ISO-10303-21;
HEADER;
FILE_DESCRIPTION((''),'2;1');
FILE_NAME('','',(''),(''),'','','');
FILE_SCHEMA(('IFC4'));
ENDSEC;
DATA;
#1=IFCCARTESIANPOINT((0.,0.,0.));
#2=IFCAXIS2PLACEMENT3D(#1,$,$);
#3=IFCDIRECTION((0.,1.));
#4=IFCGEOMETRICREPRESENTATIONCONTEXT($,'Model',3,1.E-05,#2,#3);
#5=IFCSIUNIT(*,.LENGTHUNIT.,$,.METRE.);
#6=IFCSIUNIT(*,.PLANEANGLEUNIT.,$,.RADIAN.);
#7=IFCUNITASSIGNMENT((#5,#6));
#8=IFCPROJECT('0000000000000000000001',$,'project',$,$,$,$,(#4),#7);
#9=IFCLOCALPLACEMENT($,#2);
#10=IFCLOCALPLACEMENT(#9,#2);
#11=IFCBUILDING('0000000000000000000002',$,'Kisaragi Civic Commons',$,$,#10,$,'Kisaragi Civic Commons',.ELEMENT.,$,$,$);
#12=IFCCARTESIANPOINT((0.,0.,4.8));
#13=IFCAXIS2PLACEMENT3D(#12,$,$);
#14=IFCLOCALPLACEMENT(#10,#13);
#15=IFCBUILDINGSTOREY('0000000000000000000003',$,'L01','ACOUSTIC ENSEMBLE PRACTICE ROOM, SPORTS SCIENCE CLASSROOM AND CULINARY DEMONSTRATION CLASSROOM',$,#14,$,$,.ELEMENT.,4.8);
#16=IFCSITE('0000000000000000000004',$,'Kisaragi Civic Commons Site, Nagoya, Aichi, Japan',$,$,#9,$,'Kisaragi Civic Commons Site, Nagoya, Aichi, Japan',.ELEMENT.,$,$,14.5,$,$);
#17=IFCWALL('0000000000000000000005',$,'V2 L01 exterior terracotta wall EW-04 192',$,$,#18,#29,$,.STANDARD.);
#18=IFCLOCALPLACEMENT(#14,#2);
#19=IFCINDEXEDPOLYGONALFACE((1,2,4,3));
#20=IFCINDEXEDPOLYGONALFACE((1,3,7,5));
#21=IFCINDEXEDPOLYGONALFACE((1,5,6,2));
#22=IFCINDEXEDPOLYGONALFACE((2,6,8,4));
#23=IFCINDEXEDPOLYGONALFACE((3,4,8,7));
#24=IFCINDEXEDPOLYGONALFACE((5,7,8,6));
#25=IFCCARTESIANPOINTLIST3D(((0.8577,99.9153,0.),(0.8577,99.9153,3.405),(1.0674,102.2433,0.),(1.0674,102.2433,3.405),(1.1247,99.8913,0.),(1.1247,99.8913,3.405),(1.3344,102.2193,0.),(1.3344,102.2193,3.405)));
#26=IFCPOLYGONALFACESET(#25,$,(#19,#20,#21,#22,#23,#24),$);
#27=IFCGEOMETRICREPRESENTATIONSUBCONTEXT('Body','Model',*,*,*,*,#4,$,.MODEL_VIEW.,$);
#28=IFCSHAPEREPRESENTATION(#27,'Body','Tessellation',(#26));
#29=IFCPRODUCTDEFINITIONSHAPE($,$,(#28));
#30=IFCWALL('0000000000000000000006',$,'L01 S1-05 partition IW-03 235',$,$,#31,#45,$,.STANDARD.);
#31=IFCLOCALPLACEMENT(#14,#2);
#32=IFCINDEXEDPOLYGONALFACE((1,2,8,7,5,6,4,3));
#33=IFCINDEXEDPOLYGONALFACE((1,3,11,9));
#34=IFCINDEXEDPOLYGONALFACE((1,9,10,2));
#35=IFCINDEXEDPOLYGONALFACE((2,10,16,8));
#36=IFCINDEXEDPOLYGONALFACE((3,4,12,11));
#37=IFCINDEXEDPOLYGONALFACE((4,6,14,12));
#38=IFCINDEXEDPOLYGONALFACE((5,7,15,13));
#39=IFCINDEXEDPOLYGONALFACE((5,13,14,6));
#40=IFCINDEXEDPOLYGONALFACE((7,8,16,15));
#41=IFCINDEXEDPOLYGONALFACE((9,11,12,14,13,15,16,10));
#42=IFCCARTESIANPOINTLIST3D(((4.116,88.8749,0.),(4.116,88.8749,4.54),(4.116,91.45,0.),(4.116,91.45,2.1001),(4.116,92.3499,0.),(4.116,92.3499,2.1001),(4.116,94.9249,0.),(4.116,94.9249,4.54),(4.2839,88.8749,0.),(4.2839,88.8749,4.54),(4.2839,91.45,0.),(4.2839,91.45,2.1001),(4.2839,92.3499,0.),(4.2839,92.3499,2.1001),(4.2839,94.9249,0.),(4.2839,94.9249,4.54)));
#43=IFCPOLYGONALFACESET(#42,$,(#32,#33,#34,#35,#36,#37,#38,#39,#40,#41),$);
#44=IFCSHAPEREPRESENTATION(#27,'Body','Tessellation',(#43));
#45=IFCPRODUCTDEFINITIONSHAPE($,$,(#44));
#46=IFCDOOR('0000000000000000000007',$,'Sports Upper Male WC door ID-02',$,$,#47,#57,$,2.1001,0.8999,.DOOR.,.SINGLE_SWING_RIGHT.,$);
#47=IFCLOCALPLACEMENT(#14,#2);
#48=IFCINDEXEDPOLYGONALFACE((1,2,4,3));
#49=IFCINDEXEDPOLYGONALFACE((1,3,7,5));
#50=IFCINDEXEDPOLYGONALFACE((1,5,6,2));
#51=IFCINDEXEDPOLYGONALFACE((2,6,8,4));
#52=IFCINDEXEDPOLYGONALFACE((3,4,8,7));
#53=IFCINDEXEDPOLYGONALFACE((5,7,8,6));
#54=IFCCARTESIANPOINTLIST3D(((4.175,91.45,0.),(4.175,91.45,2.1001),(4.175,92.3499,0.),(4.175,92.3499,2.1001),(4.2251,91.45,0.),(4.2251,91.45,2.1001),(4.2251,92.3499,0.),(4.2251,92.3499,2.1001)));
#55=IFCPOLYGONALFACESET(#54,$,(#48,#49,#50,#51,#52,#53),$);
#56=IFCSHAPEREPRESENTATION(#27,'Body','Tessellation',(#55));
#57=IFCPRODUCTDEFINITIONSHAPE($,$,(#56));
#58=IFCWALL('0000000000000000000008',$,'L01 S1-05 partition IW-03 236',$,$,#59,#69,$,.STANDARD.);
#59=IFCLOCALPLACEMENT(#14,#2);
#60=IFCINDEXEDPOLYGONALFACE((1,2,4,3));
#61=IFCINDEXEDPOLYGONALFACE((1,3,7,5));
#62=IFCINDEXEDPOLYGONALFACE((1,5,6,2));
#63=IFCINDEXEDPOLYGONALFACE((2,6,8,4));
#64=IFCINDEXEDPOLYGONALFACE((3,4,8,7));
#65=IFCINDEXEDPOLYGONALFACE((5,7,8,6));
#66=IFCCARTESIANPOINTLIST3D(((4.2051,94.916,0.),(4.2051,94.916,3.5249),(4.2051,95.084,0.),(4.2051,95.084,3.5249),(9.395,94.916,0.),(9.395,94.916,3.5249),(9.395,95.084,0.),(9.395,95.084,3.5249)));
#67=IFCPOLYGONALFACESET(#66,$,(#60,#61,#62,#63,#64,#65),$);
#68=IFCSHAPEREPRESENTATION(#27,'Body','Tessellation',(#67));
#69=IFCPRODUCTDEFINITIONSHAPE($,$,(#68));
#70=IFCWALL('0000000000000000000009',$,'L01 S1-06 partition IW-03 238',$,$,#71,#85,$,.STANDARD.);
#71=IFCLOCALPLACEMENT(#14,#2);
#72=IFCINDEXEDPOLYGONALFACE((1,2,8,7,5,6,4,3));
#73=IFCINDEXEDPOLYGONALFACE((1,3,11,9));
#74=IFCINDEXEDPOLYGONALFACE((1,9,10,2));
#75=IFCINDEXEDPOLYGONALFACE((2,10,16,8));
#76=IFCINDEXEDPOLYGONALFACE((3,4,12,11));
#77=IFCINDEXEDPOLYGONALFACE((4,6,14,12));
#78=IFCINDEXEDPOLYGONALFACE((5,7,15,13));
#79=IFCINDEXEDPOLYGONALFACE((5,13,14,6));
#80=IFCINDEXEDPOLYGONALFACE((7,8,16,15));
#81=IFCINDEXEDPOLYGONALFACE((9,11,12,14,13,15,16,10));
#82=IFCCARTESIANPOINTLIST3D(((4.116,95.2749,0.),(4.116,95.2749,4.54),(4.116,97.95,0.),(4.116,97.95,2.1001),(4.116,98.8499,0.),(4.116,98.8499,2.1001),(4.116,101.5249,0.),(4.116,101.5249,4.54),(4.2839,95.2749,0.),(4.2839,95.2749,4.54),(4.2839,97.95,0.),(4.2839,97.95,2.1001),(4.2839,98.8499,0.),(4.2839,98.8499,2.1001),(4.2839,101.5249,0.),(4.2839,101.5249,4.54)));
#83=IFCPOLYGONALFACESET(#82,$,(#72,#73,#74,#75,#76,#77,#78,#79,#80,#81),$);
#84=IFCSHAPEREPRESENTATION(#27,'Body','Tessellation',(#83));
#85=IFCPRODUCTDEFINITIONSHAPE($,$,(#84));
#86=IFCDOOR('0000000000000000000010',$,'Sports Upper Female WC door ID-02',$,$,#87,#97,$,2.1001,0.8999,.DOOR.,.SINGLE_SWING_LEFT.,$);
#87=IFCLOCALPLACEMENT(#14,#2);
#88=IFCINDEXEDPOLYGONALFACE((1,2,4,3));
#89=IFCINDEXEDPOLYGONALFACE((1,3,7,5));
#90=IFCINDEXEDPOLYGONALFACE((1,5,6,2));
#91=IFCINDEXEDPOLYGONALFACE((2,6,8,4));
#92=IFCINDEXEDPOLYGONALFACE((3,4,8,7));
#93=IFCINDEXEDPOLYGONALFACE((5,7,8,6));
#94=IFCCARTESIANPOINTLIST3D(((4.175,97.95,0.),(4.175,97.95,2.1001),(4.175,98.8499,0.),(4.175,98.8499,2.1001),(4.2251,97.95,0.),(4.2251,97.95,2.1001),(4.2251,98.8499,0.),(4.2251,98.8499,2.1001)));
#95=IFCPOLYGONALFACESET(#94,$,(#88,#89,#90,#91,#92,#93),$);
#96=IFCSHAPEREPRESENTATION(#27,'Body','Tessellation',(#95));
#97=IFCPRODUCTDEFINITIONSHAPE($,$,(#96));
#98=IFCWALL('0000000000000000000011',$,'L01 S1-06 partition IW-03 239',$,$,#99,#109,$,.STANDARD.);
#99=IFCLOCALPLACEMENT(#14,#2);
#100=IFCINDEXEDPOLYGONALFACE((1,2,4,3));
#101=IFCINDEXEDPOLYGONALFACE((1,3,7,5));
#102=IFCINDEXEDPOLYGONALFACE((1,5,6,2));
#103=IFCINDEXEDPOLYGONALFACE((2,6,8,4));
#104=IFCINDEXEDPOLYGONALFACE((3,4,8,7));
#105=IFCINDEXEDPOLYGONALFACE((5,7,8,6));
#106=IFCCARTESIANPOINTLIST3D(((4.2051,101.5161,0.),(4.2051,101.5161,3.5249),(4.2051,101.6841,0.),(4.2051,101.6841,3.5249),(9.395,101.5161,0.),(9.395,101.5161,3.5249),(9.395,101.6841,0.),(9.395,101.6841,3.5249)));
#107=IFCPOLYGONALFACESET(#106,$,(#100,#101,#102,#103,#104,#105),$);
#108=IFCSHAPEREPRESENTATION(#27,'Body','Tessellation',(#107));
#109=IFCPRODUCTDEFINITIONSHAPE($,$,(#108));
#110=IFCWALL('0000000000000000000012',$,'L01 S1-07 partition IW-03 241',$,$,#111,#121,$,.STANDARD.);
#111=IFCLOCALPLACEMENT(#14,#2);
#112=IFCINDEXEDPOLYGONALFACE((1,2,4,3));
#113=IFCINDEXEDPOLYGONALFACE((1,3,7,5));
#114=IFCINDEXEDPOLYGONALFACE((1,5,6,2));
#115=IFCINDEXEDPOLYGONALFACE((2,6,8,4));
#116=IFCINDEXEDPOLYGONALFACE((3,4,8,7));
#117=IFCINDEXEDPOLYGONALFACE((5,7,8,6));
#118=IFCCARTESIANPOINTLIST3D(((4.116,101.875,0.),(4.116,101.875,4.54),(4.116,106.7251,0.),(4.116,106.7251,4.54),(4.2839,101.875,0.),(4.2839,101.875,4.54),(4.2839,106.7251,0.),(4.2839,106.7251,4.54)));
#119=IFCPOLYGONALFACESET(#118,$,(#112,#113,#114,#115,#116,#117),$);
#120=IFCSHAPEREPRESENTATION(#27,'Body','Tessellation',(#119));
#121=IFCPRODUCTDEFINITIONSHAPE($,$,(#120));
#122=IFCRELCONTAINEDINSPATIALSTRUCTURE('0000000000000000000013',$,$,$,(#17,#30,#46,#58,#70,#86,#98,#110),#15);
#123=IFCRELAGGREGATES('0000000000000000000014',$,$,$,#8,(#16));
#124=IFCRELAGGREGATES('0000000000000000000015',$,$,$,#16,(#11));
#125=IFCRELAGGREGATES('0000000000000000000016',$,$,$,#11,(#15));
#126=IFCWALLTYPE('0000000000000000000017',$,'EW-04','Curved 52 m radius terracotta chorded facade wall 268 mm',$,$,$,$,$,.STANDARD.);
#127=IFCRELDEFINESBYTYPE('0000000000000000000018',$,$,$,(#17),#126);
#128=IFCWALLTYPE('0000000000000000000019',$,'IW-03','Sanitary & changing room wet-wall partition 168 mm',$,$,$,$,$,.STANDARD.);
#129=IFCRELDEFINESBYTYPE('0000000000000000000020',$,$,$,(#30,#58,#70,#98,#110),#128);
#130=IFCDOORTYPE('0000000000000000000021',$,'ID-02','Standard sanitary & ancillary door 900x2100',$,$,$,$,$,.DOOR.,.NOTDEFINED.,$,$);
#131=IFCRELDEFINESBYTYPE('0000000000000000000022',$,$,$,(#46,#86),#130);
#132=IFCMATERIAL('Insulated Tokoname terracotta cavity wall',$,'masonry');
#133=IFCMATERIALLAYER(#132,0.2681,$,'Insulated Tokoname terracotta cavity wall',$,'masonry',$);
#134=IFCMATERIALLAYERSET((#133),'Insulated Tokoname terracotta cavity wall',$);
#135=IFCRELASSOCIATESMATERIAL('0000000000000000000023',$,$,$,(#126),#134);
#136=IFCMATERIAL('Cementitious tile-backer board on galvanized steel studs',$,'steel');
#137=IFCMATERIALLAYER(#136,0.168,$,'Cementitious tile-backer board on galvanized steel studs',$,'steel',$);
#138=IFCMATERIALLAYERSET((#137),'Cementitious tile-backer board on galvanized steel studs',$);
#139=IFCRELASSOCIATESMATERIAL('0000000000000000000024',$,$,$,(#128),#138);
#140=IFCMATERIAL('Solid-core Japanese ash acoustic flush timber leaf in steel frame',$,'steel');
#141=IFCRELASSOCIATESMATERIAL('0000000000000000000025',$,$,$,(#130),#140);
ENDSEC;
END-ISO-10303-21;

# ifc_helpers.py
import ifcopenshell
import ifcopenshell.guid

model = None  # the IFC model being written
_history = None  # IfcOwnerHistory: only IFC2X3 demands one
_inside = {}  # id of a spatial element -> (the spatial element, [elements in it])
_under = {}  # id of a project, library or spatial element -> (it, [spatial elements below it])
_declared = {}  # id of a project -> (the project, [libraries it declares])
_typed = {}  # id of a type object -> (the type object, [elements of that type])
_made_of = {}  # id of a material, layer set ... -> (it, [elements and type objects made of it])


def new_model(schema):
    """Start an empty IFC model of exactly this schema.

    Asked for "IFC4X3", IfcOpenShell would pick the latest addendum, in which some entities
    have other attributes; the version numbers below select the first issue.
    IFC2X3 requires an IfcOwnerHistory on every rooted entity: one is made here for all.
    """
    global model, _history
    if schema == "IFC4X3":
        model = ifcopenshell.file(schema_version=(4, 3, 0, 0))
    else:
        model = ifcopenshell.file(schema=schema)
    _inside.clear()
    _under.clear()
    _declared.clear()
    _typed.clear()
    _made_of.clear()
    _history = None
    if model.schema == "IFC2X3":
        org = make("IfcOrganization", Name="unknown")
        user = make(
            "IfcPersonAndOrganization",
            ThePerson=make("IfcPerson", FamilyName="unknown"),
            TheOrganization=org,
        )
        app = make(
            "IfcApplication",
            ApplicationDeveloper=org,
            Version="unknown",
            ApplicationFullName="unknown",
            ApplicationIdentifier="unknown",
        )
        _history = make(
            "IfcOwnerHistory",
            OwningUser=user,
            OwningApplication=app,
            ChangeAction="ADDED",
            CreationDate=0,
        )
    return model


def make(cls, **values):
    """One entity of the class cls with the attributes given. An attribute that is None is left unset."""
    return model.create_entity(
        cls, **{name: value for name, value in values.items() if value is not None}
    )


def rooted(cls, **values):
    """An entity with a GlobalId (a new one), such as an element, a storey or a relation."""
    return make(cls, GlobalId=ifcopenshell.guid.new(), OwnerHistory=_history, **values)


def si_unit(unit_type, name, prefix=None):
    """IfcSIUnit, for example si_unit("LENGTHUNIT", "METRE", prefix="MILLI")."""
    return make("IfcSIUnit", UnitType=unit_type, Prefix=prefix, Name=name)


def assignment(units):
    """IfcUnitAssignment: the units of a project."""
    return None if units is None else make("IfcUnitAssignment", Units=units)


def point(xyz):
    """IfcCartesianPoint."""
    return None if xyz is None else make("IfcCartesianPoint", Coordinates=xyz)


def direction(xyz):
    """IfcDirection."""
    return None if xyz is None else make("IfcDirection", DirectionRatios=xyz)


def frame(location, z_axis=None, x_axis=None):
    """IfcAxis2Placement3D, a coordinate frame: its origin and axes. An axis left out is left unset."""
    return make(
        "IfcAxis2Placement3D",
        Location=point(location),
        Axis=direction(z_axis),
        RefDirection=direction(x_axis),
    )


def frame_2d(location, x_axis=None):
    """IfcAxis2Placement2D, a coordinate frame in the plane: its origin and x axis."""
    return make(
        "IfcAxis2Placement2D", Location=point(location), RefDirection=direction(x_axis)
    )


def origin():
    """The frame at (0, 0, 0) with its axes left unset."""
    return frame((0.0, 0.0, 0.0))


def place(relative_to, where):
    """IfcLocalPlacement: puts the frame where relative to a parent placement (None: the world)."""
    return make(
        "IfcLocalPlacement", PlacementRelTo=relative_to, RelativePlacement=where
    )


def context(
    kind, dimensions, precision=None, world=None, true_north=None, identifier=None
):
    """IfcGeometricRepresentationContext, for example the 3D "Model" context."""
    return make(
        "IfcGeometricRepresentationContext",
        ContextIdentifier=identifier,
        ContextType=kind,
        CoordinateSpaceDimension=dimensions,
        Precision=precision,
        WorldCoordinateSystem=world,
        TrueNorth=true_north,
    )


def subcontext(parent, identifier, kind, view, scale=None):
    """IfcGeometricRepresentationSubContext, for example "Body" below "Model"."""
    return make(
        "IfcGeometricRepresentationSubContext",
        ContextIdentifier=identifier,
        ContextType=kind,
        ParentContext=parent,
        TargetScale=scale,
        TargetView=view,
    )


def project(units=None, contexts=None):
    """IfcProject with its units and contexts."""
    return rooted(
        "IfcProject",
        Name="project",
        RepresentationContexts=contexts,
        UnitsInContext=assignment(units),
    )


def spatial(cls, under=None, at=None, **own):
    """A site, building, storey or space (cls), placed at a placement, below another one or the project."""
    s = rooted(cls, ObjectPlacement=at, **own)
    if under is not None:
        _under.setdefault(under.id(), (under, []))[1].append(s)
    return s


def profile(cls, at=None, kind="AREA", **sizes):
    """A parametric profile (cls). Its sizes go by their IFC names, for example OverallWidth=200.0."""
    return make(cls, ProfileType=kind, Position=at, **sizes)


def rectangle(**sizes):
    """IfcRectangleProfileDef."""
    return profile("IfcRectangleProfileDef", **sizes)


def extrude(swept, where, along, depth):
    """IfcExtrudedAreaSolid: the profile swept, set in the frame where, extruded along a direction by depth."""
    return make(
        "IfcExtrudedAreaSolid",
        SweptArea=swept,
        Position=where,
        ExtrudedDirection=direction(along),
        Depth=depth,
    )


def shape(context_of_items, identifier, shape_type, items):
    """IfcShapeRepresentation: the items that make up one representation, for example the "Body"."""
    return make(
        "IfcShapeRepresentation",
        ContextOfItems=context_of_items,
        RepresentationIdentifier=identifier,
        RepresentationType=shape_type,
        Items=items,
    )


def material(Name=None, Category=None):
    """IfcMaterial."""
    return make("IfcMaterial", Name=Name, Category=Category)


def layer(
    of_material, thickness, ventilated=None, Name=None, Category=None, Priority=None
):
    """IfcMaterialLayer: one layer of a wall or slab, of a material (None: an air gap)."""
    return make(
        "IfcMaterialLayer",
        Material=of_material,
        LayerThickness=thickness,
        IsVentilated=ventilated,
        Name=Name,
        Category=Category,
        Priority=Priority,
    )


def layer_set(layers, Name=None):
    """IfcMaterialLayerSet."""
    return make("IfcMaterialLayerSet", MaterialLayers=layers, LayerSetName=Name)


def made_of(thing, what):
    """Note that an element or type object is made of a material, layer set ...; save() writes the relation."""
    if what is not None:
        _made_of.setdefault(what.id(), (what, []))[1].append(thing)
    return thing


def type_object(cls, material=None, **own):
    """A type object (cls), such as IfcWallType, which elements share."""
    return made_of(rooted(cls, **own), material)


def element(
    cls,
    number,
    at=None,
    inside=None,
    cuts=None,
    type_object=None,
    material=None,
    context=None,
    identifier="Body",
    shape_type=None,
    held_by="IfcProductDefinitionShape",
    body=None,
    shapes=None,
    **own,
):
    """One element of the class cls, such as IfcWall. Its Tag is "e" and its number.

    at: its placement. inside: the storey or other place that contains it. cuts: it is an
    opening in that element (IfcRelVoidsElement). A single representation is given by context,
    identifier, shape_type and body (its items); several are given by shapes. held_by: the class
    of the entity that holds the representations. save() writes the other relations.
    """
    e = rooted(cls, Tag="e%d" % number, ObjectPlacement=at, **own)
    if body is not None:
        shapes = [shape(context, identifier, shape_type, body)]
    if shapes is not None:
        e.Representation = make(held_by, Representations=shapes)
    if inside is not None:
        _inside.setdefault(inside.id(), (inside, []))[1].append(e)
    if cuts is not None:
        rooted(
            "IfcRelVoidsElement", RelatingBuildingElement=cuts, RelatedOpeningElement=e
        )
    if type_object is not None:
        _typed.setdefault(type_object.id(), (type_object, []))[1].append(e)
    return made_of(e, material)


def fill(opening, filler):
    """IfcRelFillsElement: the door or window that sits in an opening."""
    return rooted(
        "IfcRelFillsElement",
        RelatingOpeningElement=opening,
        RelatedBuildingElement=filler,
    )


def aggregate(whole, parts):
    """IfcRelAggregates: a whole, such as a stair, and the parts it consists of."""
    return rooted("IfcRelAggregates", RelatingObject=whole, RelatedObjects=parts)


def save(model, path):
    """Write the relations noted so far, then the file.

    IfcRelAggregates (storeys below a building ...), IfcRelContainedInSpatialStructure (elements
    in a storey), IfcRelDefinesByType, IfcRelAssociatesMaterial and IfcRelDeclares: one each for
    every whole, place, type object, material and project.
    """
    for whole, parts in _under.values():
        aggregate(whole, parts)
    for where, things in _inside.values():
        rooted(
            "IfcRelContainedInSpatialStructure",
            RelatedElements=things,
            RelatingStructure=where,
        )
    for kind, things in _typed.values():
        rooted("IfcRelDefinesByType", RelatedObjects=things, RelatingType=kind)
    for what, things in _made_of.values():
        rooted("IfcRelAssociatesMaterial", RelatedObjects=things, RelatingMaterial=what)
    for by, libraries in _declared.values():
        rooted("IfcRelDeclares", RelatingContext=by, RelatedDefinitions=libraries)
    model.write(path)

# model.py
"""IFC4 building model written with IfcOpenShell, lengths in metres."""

from ifc_helpers import new_model, si_unit, direction, frame, frame_2d, origin, place, context, subcontext, project, spatial, rectangle, extrude, material, layer, layer_set, type_object, element, fill, save


model = new_model("IFC4")

# Units and contexts
model_context = context("Model", 3, precision=1e-05, world=origin(), true_north=direction((0.0, 1.0)))
body_context = subcontext(model_context, "Body", "Model", "MODEL_VIEW")
ifc_project = project(units=[si_unit("LENGTHUNIT", "METRE"), si_unit("PLANEANGLEUNIT", "RADIAN")], contexts=[model_context])

# Site, building, storey
site_placement = place(None, origin())
site = spatial("IfcSite", under=ifc_project, at=site_placement, Name="Kisaragi Civic Commons Site, Nagoya, Aichi, Japan", LongName="Kisaragi Civic Commons Site, Nagoya, Aichi, Japan", CompositionType="ELEMENT", RefElevation=14.5)
building_placement = place(site_placement, origin())
building = spatial("IfcBuilding", under=site, at=building_placement, Name="Kisaragi Civic Commons", LongName="Kisaragi Civic Commons", CompositionType="ELEMENT")
storey_placement = place(building_placement, frame((0.0, 0.0, 4.8)))
storey = spatial("IfcBuildingStorey", under=building, at=storey_placement, Name="L01", Description="ACOUSTIC ENSEMBLE PRACTICE ROOM, SPORTS SCIENCE CLASSROOM AND CULINARY DEMONSTRATION CLASSROOM", CompositionType="ELEMENT", Elevation=4.8)

# Shared definitions
ifc_material_1 = material(Name="Insulated Tokoname terracotta cavity wall", Category="masonry")
ifc_layer_1 = layer(ifc_material_1, 0.2681, Name="Insulated Tokoname terracotta cavity wall", Category="masonry")
ifc_layer_set_1 = layer_set([ifc_layer_1], Name="Insulated Tokoname terracotta cavity wall")
wall_type_1 = type_object("IfcWallType", Name="EW-04", Description="Curved 52 m radius terracotta chorded facade wall 268 mm", PredefinedType="STANDARD", material=ifc_layer_set_1)

# Wall
wall_1_placement = place(storey_placement, frame((0.9912, 99.9033, 0.0), z_axis=(0.0, 0.0, 1.0), x_axis=(0.089726, 0.995967, 0.0)))
element("IfcWall", 1, at=wall_1_placement, inside=storey, type_object=wall_type_1, Name="V2 L01 exterior terracotta wall EW-04 192", PredefinedType="STANDARD", context=body_context, shape_type="SweptSolid", body=[
    extrude(rectangle(XDim=2.3374, YDim=0.2681, at=frame_2d((1.1687, 0.0))), origin(), (0.0, 0.0, 1.0), 3.405),
])

# Wall, opening, door
ifc_material_2 = material(Name="Cementitious tile-backer board on galvanized steel studs", Category="steel")
ifc_layer_2 = layer(ifc_material_2, 0.168, Name="Cementitious tile-backer board on galvanized steel studs", Category="steel")
ifc_layer_set_2 = layer_set([ifc_layer_2], Name="Cementitious tile-backer board on galvanized steel studs")
wall_type_2 = type_object("IfcWallType", Name="IW-03", Description="Sanitary & changing room wet-wall partition 168 mm", PredefinedType="STANDARD", material=ifc_layer_set_2)
wall_2_placement = place(storey_placement, frame((4.2, 88.875, 0.0), z_axis=(0.0, 0.0, 1.0), x_axis=(0.0, 1.0, 0.0)))
wall_2 = element("IfcWall", 2, at=wall_2_placement, inside=storey, type_object=wall_type_2, Name="L01 S1-05 partition IW-03 235", PredefinedType="STANDARD", context=body_context, shape_type="SweptSolid", body=[
    extrude(rectangle(XDim=6.05, YDim=0.168, at=frame_2d((3.0249, 0.0))), origin(), (0.0, 0.0, 1.0), 4.54),
])
opening_1_placement = place(wall_2_placement, frame((2.575, 0.0, 0.0)))
opening_1 = element("IfcOpeningElement", 3, at=opening_1_placement, cuts=wall_2, PredefinedType="OPENING", context=body_context, shape_type="SweptSolid", body=[
    extrude(rectangle(XDim=0.8999, YDim=2.1001, at=frame_2d((0.45, 1.05))), frame((0.0, 0.094, 0.0), z_axis=(0.0, -1.0, 0.0), x_axis=(1.0, 0.0, 0.0)), (0.0, 0.0, 1.0), 0.188),
])
ifc_material_3 = material(Name="Solid-core Japanese ash acoustic flush timber leaf in steel frame", Category="steel")
door_type = type_object("IfcDoorType", Name="ID-02", Description="Standard sanitary & ancillary door 900x2100", OperationType="NOTDEFINED", PredefinedType="DOOR", material=ifc_material_3)
door_1_placement = place(opening_1_placement, origin())
door_1 = element("IfcDoor", 4, at=door_1_placement, inside=storey, type_object=door_type, Name="Sports Upper Male WC door ID-02", OperationType="SINGLE_SWING_RIGHT", OverallHeight=2.1001, OverallWidth=0.8999, PredefinedType="DOOR", context=body_context, shape_type="SweptSolid", body=[
    extrude(rectangle(XDim=0.8999, YDim=2.1001, at=frame_2d((0.45, 1.05))), frame((0.0, 0.0249, 0.0), z_axis=(0.0, -1.0, 0.0), x_axis=(1.0, 0.0, 0.0)), (0.0, 0.0, 1.0), 0.05),
])
fill(opening_1, door_1)

# Wall
wall_3_placement = place(storey_placement, frame((4.2051, 95.0, 0.0), z_axis=(0.0, 0.0, 1.0), x_axis=(1.0, 0.0, 0.0)))
element("IfcWall", 5, at=wall_3_placement, inside=storey, type_object=wall_type_2, Name="L01 S1-05 partition IW-03 236", PredefinedType="STANDARD", context=body_context, shape_type="SweptSolid", body=[
    extrude(rectangle(XDim=5.1899, YDim=0.168, at=frame_2d((2.595, 0.0))), origin(), (0.0, 0.0, 1.0), 3.5249),
])

# Wall, opening, door
wall_4_placement = place(storey_placement, frame((4.2, 95.2749, 0.0), z_axis=(0.0, 0.0, 1.0), x_axis=(0.0, 1.0, 0.0)))
wall_4 = element("IfcWall", 6, at=wall_4_placement, inside=storey, type_object=wall_type_2, Name="L01 S1-06 partition IW-03 238", PredefinedType="STANDARD", context=body_context, shape_type="SweptSolid", body=[
    extrude(rectangle(XDim=6.25, YDim=0.168, at=frame_2d((3.125, 0.0))), origin(), (0.0, 0.0, 1.0), 4.54),
])
opening_2_placement = place(wall_4_placement, frame((2.675, 0.0, 0.0)))
opening_2 = element("IfcOpeningElement", 7, at=opening_2_placement, cuts=wall_4, PredefinedType="OPENING", context=body_context, shape_type="SweptSolid", body=[
    extrude(rectangle(XDim=0.8999, YDim=2.1001, at=frame_2d((0.45, 1.05))), frame((0.0, 0.094, 0.0), z_axis=(0.0, -1.0, 0.0), x_axis=(1.0, 0.0, 0.0)), (0.0, 0.0, 1.0), 0.188),
])
door_2_placement = place(opening_2_placement, origin())
door_2 = element("IfcDoor", 8, at=door_2_placement, inside=storey, type_object=door_type, Name="Sports Upper Female WC door ID-02", OperationType="SINGLE_SWING_LEFT", OverallHeight=2.1001, OverallWidth=0.8999, PredefinedType="DOOR", context=body_context, shape_type="SweptSolid", body=[
    extrude(rectangle(XDim=0.8999, YDim=2.1001, at=frame_2d((0.45, 1.05))), frame((0.0, 0.0249, 0.0), z_axis=(0.0, -1.0, 0.0), x_axis=(1.0, 0.0, 0.0)), (0.0, 0.0, 1.0), 0.05),
])
fill(opening_2, door_2)

# Walls
wall_5_placement = place(storey_placement, frame((4.2051, 101.6001, 0.0), z_axis=(0.0, 0.0, 1.0), x_axis=(1.0, 0.0, 0.0)))
element("IfcWall", 9, at=wall_5_placement, inside=storey, type_object=wall_type_2, Name="L01 S1-06 partition IW-03 239", PredefinedType="STANDARD", context=body_context, shape_type="SweptSolid", body=[
    extrude(rectangle(XDim=5.1899, YDim=0.168, at=frame_2d((2.595, 0.0))), origin(), (0.0, 0.0, 1.0), 3.5249),
])
wall_6_placement = place(storey_placement, frame((4.2, 101.875, 0.0), z_axis=(0.0, 0.0, 1.0), x_axis=(0.0, 1.0, 0.0)))
element("IfcWall", 10, at=wall_6_placement, inside=storey, type_object=wall_type_2, Name="L01 S1-07 partition IW-03 241", PredefinedType="STANDARD", context=body_context, shape_type="SweptSolid", body=[
    extrude(rectangle(XDim=4.8501, YDim=0.168, at=frame_2d((2.425, 0.0))), origin(), (0.0, 0.0, 1.0), 4.54),
])

save(model, "model.ifc")
